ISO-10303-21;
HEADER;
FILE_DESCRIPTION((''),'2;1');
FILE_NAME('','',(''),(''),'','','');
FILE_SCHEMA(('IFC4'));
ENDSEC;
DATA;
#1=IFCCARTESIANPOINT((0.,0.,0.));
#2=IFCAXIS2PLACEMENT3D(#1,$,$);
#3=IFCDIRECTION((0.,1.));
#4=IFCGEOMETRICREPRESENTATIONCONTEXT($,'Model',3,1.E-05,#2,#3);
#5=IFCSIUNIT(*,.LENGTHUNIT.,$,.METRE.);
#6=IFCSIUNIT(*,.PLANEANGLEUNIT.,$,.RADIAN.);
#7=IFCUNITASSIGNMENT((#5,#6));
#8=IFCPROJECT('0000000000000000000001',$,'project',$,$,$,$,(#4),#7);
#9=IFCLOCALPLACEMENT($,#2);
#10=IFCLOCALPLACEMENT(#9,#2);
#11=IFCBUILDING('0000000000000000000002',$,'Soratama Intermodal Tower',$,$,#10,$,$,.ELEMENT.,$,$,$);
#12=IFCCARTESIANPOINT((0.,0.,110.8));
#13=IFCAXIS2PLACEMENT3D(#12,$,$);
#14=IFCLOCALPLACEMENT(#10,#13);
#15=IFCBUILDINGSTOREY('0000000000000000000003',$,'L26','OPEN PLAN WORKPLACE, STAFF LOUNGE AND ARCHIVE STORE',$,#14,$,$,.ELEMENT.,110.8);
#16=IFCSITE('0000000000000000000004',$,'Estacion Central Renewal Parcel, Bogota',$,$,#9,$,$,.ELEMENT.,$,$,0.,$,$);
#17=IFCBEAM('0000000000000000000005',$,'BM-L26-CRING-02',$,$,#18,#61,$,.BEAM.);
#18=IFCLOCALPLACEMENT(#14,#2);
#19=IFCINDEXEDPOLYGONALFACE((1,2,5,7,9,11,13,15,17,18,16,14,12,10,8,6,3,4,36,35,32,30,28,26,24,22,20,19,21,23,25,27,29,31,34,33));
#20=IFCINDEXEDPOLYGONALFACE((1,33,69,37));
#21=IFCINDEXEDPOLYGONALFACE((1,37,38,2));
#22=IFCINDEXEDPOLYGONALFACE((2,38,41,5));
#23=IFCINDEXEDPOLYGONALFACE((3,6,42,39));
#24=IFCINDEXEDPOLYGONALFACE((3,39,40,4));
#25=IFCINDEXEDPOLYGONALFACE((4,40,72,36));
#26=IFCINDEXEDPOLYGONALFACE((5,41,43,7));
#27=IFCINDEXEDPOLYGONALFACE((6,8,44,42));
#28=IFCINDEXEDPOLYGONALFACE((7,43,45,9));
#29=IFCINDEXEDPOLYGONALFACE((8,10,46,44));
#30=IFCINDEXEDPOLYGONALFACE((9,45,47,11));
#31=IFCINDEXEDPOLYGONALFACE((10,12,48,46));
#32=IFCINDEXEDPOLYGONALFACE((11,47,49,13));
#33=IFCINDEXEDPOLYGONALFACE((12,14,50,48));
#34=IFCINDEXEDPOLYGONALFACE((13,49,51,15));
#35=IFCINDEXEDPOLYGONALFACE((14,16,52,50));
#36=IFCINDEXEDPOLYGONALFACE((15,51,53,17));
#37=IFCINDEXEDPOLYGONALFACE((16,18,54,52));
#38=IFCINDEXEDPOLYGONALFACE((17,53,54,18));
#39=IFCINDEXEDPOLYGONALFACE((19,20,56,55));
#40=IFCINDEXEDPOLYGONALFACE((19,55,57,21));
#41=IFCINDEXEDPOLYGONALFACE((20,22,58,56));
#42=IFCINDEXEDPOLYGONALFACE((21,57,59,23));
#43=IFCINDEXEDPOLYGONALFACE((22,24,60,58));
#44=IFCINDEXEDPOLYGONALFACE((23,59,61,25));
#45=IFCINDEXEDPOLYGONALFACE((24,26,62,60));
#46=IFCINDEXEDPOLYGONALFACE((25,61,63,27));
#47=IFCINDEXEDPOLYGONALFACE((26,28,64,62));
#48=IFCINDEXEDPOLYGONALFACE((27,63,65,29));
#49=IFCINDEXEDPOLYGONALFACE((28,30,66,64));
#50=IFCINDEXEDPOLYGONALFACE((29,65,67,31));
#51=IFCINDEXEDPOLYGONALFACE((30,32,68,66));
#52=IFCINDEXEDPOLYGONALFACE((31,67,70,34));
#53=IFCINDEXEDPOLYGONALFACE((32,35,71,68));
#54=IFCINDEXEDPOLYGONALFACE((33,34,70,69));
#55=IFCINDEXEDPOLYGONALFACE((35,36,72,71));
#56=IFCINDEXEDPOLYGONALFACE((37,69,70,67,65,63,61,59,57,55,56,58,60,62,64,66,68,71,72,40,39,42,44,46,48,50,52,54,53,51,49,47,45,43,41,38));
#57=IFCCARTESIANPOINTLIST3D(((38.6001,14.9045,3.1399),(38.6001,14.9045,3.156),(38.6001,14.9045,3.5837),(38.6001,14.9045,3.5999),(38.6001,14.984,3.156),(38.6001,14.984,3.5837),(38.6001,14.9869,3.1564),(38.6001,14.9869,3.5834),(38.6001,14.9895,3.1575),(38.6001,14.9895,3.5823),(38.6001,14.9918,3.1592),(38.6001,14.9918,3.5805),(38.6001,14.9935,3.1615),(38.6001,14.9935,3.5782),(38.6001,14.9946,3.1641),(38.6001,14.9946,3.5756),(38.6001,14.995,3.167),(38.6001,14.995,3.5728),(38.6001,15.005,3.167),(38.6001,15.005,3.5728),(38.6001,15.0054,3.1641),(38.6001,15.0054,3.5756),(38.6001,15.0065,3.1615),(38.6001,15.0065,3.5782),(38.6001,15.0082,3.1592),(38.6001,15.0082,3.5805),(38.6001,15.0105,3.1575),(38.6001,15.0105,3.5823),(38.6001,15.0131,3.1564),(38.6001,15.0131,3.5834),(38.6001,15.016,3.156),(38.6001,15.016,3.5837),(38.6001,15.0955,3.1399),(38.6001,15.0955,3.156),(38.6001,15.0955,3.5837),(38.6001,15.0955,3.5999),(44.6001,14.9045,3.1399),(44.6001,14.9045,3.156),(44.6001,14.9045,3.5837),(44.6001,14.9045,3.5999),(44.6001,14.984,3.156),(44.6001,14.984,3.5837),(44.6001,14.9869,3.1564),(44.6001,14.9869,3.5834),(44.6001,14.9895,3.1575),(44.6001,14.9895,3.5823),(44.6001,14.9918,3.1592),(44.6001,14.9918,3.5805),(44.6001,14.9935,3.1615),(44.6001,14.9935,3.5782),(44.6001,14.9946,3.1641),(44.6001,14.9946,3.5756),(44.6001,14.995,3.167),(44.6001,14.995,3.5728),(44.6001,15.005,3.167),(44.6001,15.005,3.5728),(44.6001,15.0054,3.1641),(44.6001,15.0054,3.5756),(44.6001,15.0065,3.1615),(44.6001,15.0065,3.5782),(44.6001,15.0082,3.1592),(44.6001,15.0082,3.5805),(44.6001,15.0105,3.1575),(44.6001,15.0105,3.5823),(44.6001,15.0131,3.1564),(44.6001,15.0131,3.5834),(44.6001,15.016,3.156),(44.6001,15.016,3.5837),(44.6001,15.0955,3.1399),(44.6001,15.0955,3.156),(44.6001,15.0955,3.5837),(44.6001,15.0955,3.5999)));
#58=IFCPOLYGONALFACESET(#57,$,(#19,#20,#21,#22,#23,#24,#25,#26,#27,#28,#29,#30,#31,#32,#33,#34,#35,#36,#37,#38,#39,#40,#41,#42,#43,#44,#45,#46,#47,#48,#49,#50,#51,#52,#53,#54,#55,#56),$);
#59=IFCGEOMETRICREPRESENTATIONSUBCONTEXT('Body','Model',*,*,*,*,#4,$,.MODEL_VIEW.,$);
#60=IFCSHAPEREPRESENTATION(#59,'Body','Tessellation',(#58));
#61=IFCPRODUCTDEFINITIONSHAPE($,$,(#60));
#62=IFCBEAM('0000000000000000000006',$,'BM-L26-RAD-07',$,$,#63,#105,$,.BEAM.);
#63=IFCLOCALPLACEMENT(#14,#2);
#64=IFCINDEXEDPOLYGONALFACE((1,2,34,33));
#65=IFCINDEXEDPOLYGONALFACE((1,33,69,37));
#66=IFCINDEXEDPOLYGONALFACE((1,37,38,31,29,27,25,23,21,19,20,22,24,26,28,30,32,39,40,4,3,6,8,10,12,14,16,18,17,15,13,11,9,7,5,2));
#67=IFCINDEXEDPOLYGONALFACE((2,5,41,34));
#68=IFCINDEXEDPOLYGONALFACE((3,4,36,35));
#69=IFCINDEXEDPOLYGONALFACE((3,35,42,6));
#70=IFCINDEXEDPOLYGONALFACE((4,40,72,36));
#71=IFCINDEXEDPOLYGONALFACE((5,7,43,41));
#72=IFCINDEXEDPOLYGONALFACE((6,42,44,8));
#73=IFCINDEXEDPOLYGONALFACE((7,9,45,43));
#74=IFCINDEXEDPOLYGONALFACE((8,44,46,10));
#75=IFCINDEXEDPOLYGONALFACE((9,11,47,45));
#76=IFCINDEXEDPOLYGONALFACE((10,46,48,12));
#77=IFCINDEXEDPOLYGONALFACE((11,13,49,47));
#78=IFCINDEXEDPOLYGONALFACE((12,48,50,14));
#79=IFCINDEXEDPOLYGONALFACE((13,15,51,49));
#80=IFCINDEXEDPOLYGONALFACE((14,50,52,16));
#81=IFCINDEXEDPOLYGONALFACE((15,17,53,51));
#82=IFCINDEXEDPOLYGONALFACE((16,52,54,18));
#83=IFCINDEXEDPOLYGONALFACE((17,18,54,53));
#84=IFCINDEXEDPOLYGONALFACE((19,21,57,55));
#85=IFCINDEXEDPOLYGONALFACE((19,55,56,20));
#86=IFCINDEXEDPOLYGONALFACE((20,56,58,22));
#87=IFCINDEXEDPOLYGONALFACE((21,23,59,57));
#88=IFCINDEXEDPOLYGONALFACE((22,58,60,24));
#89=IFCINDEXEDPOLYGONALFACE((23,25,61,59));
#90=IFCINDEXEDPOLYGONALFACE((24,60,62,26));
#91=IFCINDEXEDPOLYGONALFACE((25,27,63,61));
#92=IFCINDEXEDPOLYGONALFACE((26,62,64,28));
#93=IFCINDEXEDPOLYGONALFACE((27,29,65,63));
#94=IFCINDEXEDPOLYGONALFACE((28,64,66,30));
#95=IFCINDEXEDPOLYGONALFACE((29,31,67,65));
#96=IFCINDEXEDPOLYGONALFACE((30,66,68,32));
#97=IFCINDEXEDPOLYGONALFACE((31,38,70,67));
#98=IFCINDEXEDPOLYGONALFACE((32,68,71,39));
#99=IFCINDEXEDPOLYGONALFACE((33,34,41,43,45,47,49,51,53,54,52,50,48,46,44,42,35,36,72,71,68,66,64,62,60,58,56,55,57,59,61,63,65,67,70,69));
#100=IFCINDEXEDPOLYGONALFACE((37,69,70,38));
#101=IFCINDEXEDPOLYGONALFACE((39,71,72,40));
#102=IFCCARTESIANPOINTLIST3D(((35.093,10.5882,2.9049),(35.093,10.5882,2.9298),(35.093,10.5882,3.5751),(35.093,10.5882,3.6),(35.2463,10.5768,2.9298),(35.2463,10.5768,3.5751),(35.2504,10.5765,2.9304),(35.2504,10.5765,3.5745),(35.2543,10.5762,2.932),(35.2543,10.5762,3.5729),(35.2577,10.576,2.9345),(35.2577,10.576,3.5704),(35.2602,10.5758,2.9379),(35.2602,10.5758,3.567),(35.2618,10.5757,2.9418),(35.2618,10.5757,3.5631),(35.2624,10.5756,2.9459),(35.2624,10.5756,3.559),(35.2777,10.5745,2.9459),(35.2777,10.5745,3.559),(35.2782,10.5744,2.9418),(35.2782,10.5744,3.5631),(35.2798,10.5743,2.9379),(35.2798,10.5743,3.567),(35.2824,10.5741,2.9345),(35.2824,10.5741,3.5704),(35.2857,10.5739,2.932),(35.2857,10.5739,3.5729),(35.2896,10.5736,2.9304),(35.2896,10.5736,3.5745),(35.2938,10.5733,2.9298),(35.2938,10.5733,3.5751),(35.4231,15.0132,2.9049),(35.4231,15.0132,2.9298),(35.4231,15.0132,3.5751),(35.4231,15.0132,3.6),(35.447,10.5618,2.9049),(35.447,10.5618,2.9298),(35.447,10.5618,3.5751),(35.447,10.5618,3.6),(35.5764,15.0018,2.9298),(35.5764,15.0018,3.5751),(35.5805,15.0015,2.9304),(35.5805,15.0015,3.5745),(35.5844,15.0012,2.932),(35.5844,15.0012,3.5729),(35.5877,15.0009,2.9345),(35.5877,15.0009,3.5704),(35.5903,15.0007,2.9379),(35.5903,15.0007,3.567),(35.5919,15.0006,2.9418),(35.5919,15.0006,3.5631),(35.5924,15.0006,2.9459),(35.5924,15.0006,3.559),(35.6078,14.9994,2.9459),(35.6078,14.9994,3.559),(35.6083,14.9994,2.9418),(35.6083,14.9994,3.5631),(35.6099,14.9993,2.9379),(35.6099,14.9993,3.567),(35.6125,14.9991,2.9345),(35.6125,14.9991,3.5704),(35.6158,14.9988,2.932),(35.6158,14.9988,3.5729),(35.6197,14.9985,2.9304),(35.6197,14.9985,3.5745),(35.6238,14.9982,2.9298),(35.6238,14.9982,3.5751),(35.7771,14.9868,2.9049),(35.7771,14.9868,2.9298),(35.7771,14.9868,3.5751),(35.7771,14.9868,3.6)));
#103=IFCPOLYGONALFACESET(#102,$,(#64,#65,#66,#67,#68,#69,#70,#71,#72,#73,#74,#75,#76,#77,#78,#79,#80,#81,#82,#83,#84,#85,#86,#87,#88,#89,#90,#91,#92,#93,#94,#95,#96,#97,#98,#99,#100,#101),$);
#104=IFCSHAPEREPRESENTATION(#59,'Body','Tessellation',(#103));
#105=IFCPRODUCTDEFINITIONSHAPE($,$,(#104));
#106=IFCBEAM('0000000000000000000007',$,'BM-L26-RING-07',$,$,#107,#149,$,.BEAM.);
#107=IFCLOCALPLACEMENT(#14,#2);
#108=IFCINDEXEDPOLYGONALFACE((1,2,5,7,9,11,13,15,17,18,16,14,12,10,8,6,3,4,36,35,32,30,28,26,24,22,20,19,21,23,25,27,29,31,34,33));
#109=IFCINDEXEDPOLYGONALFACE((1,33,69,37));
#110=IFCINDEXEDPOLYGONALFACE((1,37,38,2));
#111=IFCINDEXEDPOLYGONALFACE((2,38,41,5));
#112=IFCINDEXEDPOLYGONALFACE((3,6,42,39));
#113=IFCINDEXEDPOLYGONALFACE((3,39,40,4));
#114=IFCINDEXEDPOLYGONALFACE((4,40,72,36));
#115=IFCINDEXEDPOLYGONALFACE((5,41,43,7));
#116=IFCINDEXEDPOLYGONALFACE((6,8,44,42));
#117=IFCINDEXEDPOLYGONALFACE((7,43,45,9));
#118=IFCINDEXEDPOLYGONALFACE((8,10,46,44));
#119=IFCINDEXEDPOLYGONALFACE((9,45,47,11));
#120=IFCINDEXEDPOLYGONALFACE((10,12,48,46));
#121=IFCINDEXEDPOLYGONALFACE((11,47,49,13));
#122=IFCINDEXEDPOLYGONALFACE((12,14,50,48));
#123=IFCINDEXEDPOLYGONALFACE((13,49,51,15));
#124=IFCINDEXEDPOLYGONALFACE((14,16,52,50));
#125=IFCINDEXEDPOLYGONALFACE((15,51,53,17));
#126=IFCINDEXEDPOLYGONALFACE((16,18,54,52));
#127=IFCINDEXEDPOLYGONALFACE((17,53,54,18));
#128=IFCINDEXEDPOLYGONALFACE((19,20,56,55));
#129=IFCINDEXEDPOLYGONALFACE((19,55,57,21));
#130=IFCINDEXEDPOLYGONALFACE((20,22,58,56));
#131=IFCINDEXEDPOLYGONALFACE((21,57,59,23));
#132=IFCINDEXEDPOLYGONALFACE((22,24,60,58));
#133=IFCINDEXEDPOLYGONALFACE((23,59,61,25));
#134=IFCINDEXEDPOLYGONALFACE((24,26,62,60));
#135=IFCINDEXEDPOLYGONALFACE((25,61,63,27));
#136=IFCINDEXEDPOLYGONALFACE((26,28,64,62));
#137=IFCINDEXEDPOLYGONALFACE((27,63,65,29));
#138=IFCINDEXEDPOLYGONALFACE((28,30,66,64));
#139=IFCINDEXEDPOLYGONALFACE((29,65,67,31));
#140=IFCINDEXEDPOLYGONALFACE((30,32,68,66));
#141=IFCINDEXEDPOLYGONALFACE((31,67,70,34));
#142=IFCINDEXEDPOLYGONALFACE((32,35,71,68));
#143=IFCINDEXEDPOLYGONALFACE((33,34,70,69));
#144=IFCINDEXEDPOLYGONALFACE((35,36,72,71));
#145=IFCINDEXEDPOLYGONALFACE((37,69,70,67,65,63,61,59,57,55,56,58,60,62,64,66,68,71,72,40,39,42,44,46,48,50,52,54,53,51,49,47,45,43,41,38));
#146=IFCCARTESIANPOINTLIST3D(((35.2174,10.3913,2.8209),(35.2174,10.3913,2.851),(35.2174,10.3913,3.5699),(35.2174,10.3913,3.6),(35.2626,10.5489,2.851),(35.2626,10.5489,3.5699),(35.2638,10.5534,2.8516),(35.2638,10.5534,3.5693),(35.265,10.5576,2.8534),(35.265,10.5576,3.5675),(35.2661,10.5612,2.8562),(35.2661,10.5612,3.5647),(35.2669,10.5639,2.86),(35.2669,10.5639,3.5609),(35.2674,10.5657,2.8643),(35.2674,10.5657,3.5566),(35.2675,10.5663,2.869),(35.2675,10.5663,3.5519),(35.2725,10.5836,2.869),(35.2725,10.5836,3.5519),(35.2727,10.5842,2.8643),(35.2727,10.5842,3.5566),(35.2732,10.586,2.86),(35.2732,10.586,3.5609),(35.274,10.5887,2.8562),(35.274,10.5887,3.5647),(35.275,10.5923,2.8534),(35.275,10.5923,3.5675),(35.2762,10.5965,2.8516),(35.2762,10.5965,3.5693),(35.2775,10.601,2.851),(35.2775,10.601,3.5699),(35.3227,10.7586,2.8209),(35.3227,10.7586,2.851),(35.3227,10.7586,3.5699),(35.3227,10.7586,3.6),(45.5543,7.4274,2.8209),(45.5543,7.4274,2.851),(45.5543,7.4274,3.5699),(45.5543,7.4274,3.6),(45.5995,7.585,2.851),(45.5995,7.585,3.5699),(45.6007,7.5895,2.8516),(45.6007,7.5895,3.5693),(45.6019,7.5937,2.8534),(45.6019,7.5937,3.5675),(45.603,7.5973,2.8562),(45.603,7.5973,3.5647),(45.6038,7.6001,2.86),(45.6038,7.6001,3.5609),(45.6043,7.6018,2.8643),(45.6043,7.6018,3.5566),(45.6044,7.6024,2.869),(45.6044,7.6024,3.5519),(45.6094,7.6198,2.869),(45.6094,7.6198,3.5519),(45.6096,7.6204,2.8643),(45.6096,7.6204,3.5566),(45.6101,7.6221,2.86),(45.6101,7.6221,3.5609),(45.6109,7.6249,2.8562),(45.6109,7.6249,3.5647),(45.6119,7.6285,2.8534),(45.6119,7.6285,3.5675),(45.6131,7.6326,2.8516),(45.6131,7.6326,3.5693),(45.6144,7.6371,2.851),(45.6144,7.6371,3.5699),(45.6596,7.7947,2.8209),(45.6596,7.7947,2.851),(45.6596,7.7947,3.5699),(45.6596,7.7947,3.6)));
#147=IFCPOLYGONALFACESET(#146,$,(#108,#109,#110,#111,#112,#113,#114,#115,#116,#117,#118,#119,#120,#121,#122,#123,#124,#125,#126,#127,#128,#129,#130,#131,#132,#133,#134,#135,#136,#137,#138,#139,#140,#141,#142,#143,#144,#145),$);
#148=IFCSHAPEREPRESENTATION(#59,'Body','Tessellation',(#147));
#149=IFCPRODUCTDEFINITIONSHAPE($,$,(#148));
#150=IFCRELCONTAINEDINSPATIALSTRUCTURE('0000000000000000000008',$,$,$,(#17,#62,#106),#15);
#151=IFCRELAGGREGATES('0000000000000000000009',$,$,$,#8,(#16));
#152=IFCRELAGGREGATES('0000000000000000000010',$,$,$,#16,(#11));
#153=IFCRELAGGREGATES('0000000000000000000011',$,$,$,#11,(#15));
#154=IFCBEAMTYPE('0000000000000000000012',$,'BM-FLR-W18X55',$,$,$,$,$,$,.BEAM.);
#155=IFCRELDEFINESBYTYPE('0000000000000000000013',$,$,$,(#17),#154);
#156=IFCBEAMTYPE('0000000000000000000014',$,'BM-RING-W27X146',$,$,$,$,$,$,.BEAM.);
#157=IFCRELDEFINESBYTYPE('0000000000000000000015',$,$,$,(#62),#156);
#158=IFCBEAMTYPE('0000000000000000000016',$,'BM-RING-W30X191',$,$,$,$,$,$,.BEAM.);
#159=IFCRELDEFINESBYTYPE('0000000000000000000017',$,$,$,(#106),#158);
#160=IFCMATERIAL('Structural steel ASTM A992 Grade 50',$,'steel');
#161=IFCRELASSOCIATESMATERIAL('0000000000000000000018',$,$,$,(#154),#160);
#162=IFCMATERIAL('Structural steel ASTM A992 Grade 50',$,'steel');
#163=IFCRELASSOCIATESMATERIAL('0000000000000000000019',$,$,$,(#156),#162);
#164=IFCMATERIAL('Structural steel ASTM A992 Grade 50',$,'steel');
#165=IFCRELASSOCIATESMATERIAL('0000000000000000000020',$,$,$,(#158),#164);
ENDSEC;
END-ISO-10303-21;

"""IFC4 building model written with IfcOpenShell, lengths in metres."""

from ifc_helpers import new_model, si_unit, direction, frame, origin, origin_2d, place, context, subcontext, project, spatial, i_section, extrude, material, material_profile, profile_set, type_object, element, save


model = new_model("IFC4")

# Units and contexts
model_context = context("Model", 3, precision=1e-05, world=origin(), true_north=direction((0.0, 1.0)))
body_context = subcontext(model_context, "Body", "Model", "MODEL_VIEW")
ifc_project = project(units=[si_unit("LENGTHUNIT", "METRE"), si_unit("PLANEANGLEUNIT", "RADIAN")], contexts=[model_context])

# Site, building, storey
site_placement = place(None, origin())
site = spatial("IfcSite", under=ifc_project, at=site_placement, Name="Estacion Central Renewal Parcel, Bogota", CompositionType="ELEMENT", RefElevation=0.0)
building_placement = place(site_placement, origin())
building = spatial("IfcBuilding", under=site, at=building_placement, Name="Soratama Intermodal Tower", CompositionType="ELEMENT")
storey_placement = place(building_placement, frame((0.0, 0.0, 110.8)))
storey = spatial("IfcBuildingStorey", under=building, at=storey_placement, Name="L26", Description="OPEN PLAN WORKPLACE, STAFF LOUNGE AND ARCHIVE STORE", CompositionType="ELEMENT", Elevation=110.8)

# Beams
ifc_material_1 = material(Name="Structural steel ASTM A992 Grade 50", Category="steel")
ifc_material_profile_1 = material_profile(ifc_material_1, i_section(OverallWidth=0.1909, OverallDepth=0.46, WebThickness=0.01, FlangeThickness=0.0161, FilletRadius=0.011, at=origin_2d()), Name="W18X55")
ifc_profile_set_1 = profile_set([ifc_material_profile_1], Name="Structural steel ASTM A992 Grade 50")
beam_type_1 = type_object("IfcBeamType", Name="BM-FLR-W18X55", PredefinedType="BEAM", material=ifc_profile_set_1)
beam_1_placement = place(storey_placement, frame((38.6001, 15.0, 3.3699), z_axis=(1.0, 0.0, 0.0), x_axis=(0.0, 1.0, 0.0)))
element("IfcBeam", 1, at=beam_1_placement, inside=storey, type_object=beam_type_1, Name="BM-L26-CRING-02", PredefinedType="BEAM", context=body_context, shape_type="SweptSolid", body=[
    extrude(i_section(OverallWidth=0.1909, OverallDepth=0.46, WebThickness=0.01, FlangeThickness=0.0161, FilletRadius=0.011, at=origin_2d()), origin(), (0.0, 0.0, 1.0), 6.0),
])
ifc_material_2 = material(Name="Structural steel ASTM A992 Grade 50", Category="steel")
ifc_material_profile_2 = material_profile(ifc_material_2, i_section(OverallWidth=0.355, OverallDepth=0.6951, WebThickness=0.0154, FlangeThickness=0.0249, FilletRadius=0.0161, at=origin_2d()), Name="W27X146")
ifc_profile_set_2 = profile_set([ifc_material_profile_2], Name="Structural steel ASTM A992 Grade 50")
beam_type_2 = type_object("IfcBeamType", Name="BM-RING-W27X146", PredefinedType="BEAM", material=ifc_profile_set_2)
beam_2_placement = place(storey_placement, frame((35.6001, 15.0, 3.2524), z_axis=(-0.074386, -0.997229, 0.0), x_axis=(0.997229, -0.074386, 0.0)))
element("IfcBeam", 2, at=beam_2_placement, inside=storey, type_object=beam_type_2, Name="BM-L26-RAD-07", PredefinedType="BEAM", context=body_context, shape_type="SweptSolid", body=[
    extrude(i_section(OverallWidth=0.355, OverallDepth=0.6951, WebThickness=0.0154, FlangeThickness=0.0249, FilletRadius=0.0161, at=origin_2d()), origin(), (0.0, 0.0, 1.0), 4.4373),
])
ifc_material_3 = material(Name="Structural steel ASTM A992 Grade 50", Category="steel")
ifc_material_profile_3 = material_profile(ifc_material_3, i_section(OverallWidth=0.3821, OverallDepth=0.7791, WebThickness=0.0181, FlangeThickness=0.03, FilletRadius=0.0181, at=origin_2d()), Name="W30X191")
ifc_profile_set_3 = profile_set([ifc_material_profile_3], Name="Structural steel ASTM A992 Grade 50")
beam_type_3 = type_object("IfcBeamType", Name="BM-RING-W30X191", PredefinedType="BEAM", material=ifc_profile_set_3)
beam_3_placement = place(storey_placement, frame((35.27, 10.575, 3.2104), z_axis=(0.961267, -0.275621, 0.0), x_axis=(0.275621, 0.961267, 0.0)))
element("IfcBeam", 3, at=beam_3_placement, inside=storey, type_object=beam_type_3, Name="BM-L26-RING-07", PredefinedType="BEAM", context=body_context, shape_type="SweptSolid", body=[
    extrude(i_section(OverallWidth=0.3821, OverallDepth=0.7791, WebThickness=0.0181, FlangeThickness=0.03, FilletRadius=0.0181, at=origin_2d()), origin(), (0.0, 0.0, 1.0), 10.7534),
])

save(model, "model.ifc")
